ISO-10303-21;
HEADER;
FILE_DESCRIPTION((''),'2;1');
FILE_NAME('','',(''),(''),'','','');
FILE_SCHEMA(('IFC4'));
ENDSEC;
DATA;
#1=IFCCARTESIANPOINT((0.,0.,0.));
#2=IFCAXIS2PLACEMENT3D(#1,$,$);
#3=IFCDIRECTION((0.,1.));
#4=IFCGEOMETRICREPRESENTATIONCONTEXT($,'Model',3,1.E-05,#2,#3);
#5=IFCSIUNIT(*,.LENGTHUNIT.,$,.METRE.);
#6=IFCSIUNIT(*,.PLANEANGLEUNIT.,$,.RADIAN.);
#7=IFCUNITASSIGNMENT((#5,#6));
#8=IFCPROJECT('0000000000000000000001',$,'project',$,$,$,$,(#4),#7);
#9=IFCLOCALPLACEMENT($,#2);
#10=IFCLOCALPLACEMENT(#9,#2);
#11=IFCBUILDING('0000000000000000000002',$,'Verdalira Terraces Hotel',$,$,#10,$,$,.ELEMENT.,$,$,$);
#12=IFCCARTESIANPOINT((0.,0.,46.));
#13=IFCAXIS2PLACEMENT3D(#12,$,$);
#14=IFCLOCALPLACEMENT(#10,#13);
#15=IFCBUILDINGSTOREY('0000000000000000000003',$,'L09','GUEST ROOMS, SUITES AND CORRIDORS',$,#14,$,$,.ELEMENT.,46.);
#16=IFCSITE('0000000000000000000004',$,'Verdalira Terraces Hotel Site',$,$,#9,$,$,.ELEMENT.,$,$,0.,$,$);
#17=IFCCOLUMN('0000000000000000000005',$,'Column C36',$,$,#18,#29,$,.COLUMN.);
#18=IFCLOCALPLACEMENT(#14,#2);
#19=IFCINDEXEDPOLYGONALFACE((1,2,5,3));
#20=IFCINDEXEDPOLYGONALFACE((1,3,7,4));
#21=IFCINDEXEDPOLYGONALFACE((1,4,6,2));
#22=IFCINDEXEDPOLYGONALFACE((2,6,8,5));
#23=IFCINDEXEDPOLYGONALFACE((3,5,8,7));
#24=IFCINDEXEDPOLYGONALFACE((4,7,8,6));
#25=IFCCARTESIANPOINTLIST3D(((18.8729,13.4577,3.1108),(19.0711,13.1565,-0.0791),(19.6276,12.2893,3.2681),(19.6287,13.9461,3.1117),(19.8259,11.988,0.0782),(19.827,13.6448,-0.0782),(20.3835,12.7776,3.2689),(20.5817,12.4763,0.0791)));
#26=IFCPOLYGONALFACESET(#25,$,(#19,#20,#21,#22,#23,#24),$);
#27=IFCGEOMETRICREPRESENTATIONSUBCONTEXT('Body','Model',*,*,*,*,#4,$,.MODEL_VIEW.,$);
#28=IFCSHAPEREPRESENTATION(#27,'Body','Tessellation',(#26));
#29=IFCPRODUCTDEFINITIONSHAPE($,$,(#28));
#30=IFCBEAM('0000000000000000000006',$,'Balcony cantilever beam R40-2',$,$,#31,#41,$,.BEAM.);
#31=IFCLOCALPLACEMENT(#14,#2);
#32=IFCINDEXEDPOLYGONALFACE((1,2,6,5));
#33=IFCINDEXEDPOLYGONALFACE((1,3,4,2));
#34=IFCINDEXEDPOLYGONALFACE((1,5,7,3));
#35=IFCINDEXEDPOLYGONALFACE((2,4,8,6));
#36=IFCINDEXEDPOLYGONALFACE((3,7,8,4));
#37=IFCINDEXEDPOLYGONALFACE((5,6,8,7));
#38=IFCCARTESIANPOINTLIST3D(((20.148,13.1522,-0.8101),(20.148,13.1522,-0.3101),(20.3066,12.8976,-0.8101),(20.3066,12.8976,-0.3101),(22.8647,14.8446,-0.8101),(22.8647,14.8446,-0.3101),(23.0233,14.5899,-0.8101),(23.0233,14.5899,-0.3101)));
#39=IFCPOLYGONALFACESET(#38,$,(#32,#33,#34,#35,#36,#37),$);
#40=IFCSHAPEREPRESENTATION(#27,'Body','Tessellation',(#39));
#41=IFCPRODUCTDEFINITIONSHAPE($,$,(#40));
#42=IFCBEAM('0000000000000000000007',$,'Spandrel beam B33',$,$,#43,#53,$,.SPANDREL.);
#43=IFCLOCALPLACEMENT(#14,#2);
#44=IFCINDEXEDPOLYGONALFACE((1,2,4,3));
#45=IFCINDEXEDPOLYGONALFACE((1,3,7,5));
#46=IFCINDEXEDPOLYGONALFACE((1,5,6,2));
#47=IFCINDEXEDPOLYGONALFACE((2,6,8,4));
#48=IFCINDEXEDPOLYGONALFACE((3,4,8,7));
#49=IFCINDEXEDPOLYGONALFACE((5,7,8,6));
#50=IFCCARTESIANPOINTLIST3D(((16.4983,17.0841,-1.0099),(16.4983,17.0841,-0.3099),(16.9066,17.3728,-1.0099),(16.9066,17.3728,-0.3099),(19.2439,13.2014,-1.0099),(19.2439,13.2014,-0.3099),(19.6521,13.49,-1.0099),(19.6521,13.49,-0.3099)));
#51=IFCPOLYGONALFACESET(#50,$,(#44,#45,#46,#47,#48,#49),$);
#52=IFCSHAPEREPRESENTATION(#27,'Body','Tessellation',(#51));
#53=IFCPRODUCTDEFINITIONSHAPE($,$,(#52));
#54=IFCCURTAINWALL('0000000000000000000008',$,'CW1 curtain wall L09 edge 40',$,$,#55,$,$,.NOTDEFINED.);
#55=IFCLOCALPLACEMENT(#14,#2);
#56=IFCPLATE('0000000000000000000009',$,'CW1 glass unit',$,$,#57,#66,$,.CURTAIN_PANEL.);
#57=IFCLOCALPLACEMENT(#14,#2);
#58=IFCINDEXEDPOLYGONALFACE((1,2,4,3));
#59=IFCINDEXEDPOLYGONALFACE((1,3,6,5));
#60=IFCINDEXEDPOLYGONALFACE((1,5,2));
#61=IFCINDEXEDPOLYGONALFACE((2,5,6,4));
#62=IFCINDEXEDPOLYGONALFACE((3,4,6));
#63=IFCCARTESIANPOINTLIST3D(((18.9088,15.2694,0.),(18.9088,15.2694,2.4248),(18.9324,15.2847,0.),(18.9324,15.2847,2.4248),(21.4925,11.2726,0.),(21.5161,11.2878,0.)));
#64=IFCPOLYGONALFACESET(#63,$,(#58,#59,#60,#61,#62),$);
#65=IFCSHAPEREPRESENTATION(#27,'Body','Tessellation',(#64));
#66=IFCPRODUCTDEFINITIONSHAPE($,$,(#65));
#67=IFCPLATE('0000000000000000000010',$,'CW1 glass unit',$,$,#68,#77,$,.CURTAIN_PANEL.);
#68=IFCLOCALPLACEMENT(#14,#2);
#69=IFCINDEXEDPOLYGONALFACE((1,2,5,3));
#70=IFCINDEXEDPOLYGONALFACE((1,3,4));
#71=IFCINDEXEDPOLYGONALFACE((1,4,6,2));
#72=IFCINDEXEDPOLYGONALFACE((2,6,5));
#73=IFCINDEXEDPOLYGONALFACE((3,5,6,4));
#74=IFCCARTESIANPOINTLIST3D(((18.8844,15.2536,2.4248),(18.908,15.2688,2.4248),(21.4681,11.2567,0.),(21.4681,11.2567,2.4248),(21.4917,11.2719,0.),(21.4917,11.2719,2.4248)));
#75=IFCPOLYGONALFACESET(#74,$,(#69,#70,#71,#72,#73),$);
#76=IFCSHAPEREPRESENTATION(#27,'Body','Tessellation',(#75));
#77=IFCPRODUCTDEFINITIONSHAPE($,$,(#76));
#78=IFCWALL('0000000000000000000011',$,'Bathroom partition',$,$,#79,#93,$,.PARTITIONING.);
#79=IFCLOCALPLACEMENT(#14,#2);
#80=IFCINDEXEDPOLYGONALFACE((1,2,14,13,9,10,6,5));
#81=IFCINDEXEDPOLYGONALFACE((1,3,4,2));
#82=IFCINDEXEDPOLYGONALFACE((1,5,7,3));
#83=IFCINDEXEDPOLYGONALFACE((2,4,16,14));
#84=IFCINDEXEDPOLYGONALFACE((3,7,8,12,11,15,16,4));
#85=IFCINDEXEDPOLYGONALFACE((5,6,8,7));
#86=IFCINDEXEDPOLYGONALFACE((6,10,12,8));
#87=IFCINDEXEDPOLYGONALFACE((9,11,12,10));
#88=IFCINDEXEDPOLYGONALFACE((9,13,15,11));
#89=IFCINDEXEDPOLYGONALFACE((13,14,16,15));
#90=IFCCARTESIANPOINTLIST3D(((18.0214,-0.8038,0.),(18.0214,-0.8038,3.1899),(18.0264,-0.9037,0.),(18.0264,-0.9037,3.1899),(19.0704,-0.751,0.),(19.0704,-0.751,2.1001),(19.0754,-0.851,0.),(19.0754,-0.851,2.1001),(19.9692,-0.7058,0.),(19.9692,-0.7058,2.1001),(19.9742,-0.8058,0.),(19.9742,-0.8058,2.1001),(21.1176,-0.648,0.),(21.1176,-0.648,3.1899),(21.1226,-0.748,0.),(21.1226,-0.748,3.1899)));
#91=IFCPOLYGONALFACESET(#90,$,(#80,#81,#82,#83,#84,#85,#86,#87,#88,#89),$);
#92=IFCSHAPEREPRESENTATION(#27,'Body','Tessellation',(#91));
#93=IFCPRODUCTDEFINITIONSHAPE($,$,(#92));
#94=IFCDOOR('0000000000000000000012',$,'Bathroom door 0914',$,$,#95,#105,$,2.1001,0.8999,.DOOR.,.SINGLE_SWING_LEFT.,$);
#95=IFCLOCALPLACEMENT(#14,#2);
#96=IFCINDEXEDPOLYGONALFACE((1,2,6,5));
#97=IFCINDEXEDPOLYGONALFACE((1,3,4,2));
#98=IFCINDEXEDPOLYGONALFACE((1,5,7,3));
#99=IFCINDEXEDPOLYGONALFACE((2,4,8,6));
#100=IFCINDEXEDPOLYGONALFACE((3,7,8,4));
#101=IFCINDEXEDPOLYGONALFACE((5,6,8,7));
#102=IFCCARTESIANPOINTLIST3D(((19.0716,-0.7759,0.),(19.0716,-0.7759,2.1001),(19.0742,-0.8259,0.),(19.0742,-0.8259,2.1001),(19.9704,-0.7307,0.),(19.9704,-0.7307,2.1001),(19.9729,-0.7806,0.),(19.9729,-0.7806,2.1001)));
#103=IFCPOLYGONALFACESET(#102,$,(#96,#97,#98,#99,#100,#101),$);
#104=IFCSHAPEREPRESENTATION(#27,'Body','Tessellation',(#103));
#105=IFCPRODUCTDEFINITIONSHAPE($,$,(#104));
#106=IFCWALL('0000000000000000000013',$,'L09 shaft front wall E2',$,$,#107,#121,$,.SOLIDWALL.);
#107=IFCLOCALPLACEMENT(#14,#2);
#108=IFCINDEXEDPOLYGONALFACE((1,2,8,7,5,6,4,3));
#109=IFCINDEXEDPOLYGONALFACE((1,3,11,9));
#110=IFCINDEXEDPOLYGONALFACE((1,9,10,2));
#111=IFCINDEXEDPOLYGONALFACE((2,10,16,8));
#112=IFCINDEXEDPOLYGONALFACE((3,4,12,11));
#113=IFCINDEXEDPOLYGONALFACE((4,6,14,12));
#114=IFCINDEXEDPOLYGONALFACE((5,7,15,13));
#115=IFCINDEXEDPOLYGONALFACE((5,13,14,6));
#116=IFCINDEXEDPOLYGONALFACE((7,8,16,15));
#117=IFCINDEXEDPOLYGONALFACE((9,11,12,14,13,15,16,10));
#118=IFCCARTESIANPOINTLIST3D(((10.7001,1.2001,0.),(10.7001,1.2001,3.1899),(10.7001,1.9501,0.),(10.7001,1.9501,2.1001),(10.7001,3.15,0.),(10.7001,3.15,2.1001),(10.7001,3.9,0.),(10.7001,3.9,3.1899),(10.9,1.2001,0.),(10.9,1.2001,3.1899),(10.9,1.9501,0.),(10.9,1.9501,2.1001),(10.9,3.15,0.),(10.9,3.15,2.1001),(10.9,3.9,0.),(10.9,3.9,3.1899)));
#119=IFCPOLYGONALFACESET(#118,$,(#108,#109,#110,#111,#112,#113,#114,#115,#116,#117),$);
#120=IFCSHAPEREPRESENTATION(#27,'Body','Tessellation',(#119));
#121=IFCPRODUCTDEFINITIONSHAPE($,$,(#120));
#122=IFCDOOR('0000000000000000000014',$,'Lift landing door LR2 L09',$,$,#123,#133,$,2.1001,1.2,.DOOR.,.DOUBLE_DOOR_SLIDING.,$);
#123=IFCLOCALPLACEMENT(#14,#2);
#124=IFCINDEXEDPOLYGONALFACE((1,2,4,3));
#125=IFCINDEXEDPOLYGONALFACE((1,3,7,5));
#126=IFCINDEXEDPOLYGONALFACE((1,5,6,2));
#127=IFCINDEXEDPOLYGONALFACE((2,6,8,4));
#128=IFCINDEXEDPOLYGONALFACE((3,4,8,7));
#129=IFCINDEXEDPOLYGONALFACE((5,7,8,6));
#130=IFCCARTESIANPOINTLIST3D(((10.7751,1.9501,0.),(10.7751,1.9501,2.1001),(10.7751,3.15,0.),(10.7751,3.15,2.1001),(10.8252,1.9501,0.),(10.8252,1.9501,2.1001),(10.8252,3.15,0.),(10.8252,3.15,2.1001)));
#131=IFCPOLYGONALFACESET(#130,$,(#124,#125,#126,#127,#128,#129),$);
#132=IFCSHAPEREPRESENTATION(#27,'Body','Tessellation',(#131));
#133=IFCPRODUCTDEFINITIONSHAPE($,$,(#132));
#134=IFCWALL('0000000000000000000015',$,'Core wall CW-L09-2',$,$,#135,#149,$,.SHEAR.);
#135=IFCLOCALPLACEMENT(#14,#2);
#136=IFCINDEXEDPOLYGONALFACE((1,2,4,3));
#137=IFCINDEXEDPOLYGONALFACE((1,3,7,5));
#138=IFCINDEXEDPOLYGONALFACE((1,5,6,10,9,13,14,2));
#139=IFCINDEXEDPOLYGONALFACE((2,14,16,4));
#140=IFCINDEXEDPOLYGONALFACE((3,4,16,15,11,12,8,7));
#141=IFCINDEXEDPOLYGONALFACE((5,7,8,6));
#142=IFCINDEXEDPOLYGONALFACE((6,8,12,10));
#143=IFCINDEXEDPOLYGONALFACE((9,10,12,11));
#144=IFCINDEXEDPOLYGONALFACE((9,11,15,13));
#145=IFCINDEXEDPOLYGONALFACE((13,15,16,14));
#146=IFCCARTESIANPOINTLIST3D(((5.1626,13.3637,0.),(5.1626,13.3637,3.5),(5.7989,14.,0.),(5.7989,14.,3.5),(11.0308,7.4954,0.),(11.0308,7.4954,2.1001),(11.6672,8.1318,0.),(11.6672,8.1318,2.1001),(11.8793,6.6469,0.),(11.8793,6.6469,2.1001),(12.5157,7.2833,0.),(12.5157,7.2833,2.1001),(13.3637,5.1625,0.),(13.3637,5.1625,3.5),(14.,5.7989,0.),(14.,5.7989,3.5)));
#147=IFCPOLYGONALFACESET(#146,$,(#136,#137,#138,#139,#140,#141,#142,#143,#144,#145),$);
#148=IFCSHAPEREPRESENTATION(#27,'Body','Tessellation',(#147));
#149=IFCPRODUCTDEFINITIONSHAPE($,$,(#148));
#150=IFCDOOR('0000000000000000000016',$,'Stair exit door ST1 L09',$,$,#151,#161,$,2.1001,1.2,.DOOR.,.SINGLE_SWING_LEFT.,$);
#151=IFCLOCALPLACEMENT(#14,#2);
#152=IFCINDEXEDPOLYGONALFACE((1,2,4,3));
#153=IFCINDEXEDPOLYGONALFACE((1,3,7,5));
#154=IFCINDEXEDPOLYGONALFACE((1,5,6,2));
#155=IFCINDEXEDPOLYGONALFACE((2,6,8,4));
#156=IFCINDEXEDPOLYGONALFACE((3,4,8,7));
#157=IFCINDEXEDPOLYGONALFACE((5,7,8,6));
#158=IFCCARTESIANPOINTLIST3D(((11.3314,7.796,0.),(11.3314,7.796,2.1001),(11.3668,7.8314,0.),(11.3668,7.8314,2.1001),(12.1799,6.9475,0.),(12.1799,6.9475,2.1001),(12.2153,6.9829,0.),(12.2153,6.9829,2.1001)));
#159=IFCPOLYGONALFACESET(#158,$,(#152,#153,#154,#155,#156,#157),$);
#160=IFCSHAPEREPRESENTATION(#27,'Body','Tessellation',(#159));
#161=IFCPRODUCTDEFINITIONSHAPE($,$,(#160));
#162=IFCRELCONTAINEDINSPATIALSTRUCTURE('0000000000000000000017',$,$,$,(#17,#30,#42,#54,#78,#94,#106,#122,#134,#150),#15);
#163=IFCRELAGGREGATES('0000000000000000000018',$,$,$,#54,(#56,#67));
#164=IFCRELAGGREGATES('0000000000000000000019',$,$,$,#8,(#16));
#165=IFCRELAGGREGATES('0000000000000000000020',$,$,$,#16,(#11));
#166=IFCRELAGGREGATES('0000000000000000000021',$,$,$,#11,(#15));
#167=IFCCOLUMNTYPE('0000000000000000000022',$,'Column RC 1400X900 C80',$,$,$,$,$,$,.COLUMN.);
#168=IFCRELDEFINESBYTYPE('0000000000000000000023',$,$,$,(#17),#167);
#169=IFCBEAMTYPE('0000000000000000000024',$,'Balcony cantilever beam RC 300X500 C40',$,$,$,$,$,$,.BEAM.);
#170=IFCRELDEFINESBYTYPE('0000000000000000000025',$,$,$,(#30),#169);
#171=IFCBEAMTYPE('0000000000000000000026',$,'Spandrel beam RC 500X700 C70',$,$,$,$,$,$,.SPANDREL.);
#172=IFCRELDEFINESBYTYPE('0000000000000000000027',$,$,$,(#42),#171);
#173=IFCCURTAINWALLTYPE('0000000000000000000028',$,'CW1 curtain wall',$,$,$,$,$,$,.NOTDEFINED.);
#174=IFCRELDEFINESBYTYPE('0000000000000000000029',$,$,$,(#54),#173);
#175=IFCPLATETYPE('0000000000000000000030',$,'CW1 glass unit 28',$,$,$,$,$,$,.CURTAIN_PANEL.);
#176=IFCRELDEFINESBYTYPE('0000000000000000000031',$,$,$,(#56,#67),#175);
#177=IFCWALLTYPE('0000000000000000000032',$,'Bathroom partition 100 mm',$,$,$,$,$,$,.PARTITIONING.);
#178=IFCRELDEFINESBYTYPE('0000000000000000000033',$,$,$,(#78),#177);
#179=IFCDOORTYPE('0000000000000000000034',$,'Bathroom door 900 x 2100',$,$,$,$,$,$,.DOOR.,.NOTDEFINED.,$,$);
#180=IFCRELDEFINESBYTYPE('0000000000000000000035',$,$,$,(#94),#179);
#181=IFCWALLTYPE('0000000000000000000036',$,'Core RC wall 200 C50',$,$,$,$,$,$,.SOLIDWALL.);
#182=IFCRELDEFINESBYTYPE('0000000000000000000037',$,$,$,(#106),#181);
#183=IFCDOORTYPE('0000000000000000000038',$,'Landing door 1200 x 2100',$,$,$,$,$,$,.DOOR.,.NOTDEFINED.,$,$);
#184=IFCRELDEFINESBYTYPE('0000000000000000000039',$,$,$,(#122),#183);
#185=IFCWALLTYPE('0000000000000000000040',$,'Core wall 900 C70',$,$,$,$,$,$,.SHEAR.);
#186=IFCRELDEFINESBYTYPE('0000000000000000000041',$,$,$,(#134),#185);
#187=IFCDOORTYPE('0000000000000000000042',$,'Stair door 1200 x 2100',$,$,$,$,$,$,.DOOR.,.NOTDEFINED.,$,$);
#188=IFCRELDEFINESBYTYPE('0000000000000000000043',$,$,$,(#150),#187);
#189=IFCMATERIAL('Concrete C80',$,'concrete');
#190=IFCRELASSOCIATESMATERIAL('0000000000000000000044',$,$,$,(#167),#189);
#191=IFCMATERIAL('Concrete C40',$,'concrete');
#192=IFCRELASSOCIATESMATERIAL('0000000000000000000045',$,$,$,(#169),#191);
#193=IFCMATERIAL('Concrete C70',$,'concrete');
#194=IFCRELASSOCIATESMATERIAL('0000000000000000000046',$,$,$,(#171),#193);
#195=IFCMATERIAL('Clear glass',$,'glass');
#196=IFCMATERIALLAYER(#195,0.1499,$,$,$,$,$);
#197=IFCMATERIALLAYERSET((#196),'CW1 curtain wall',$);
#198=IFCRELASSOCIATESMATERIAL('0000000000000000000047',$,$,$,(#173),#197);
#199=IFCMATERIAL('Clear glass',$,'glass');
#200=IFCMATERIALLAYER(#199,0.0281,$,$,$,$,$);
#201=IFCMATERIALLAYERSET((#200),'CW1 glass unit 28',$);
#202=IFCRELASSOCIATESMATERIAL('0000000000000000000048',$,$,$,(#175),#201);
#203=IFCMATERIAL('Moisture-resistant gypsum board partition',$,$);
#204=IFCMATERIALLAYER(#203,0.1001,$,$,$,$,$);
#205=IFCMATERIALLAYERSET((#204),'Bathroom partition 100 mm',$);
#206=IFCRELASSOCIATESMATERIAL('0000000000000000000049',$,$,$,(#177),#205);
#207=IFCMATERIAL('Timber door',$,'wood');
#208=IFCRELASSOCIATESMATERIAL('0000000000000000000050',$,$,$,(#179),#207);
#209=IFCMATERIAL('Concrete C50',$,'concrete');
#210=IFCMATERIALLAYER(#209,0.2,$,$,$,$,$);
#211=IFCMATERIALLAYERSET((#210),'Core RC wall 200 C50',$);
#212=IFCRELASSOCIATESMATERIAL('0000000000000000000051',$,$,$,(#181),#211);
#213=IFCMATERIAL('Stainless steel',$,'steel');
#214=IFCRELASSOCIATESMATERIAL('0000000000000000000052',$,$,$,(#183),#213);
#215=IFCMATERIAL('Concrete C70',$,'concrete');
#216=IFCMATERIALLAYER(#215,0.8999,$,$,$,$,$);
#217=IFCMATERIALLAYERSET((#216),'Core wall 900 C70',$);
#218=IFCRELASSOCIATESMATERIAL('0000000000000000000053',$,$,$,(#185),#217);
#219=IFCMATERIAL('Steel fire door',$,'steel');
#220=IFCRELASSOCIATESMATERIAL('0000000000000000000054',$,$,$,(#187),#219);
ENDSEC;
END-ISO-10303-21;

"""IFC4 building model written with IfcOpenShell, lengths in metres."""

from ifc_helpers import new_model, si_unit, direction, frame, frame_2d, origin, origin_2d, place, context, subcontext, project, spatial, polyline, rectangle, outline, extrude, material, layer, layer_set, material_profile, profile_set, type_object, element, fill, aggregate, save


model = new_model("IFC4")

# Units and contexts
model_context = context("Model", 3, precision=1e-05, world=origin(), true_north=direction((0.0, 1.0)))
body_context = subcontext(model_context, "Body", "Model", "MODEL_VIEW")
ifc_project = project(units=[si_unit("LENGTHUNIT", "METRE"), si_unit("PLANEANGLEUNIT", "RADIAN")], contexts=[model_context])

# Site, building, storey
site_placement = place(None, origin())
site = spatial("IfcSite", under=ifc_project, at=site_placement, Name="Verdalira Terraces Hotel Site", CompositionType="ELEMENT", RefElevation=0.0)
building_placement = place(site_placement, origin())
building = spatial("IfcBuilding", under=site, at=building_placement, Name="Verdalira Terraces Hotel", CompositionType="ELEMENT")
storey_placement = place(building_placement, frame((0.0, 0.0, 46.0)))
storey = spatial("IfcBuildingStorey", under=building, at=storey_placement, Name="L09", Description="GUEST ROOMS, SUITES AND CORRIDORS", CompositionType="ELEMENT", Elevation=46.0)

# Column
ifc_material_1 = material(Name="Concrete C80", Category="concrete")
ifc_material_profile_1 = material_profile(ifc_material_1, rectangle(XDim=1.3999, YDim=0.8999, at=origin_2d()), Name="RC 1400X900")
ifc_profile_set_1 = profile_set([ifc_material_profile_1], Name="Concrete C80")
column_type = type_object("IfcColumnType", Name="Column RC 1400X900 C80", PredefinedType="COLUMN", material=ifc_profile_set_1)
column_placement = place(storey_placement, frame((19.8264, 12.8164, 0.0), z_axis=(-0.061753, 0.093846, 0.99367), x_axis=(-0.539149, 0.834685, -0.112337)))
element("IfcColumn", 1, at=column_placement, inside=storey, type_object=column_type, Name="Column C36", PredefinedType="COLUMN", context=body_context, shape_type="SweptSolid", body=[
    extrude(rectangle(XDim=1.3999, YDim=0.8999, at=origin_2d()), origin(), (0.0, 0.0, 1.0), 3.2102),
])

# Beams
ifc_material_2 = material(Name="Concrete C40", Category="concrete")
ifc_material_profile_2 = material_profile(ifc_material_2, rectangle(XDim=0.3, YDim=0.5, at=origin_2d()), Name="RC 300X500")
ifc_profile_set_2 = profile_set([ifc_material_profile_2], Name="Concrete C40")
beam_type_1 = type_object("IfcBeamType", Name="Balcony cantilever beam RC 300X500 C40", PredefinedType="BEAM", material=ifc_profile_set_2)
beam_1_placement = place(storey_placement, frame((20.2273, 13.0249, -0.5601), z_axis=(0.848786, 0.528737, 0.0), x_axis=(-0.528737, 0.848786, 0.0)))
element("IfcBeam", 2, at=beam_1_placement, inside=storey, type_object=beam_type_1, Name="Balcony cantilever beam R40-2", PredefinedType="BEAM", context=body_context, shape_type="SweptSolid", body=[
    extrude(rectangle(XDim=0.3, YDim=0.5, at=origin_2d()), origin(), (0.0, 0.0, 1.0), 3.2007),
])
ifc_material_3 = material(Name="Concrete C70", Category="concrete")
ifc_material_profile_3 = material_profile(ifc_material_3, rectangle(XDim=0.5, YDim=0.7, at=origin_2d()), Name="RC 500X700")
ifc_profile_set_3 = profile_set([ifc_material_profile_3], Name="Concrete C70")
beam_type_2 = type_object("IfcBeamType", Name="Spandrel beam RC 500X700 C70", PredefinedType="SPANDREL", material=ifc_profile_set_3)
beam_2_placement = place(storey_placement, frame((19.448, 13.3457, -0.6599), z_axis=(-0.577356, 0.816492, 0.0), x_axis=(-0.816492, -0.577356, 0.0)))
element("IfcBeam", 3, at=beam_2_placement, inside=storey, type_object=beam_type_2, Name="Spandrel beam B33", PredefinedType="SPANDREL", context=body_context, shape_type="SweptSolid", body=[
    extrude(rectangle(XDim=0.5, YDim=0.7, at=origin_2d()), origin(), (0.0, 0.0, 1.0), 4.7554),
])

# Curtain wall, plates
ifc_material_4 = material(Name="Clear glass", Category="glass")
ifc_layer_1 = layer(ifc_material_4, 0.1499)
ifc_layer_set_1 = layer_set([ifc_layer_1], Name="CW1 curtain wall")
curtain_wall_type = type_object("IfcCurtainWallType", Name="CW1 curtain wall", PredefinedType="NOTDEFINED", material=ifc_layer_set_1)
curtain_wall_placement = place(storey_placement, origin())
curtain_wall = element("IfcCurtainWall", 4, at=curtain_wall_placement, inside=storey, type_object=curtain_wall_type, Name="CW1 curtain wall L09 edge 40", PredefinedType="NOTDEFINED")
ifc_material_5 = material(Name="Clear glass", Category="glass")
ifc_layer_2 = layer(ifc_material_5, 0.0281)
ifc_layer_set_2 = layer_set([ifc_layer_2], Name="CW1 glass unit 28")
plate_type = type_object("IfcPlateType", Name="CW1 glass unit 28", PredefinedType="CURTAIN_PANEL", material=ifc_layer_set_2)
plate_1_placement = place(storey_placement, frame((20.2007, 13.271, 1.2124), z_axis=(0.839809, 0.542881, 0.0), x_axis=(-0.542881, 0.839809, 0.0)))
plate_1 = element("IfcPlate", 5, at=plate_1_placement, type_object=plate_type, Name="CW1 glass unit", PredefinedType="CURTAIN_PANEL", context=body_context, shape_type="SweptSolid", body=[
    extrude(outline(polyline([(-2.3796, -1.2124), (2.3796, -1.2124), (2.3796, 1.2124), (-2.3796, -1.2124)])), origin(), (0.0, 0.0, 1.0), 0.0281),
])
plate_2_placement = place(storey_placement, frame((20.1763, 13.2551, 1.2124), z_axis=(0.839809, 0.542881, 0.0), x_axis=(-0.542881, 0.839809, 0.0)))
plate_2 = element("IfcPlate", 6, at=plate_2_placement, type_object=plate_type, Name="CW1 glass unit", PredefinedType="CURTAIN_PANEL", context=body_context, shape_type="SweptSolid", body=[
    extrude(outline(polyline([(-2.3796, -1.2124), (2.3796, 1.2124), (-2.3796, 1.2124), (-2.3796, -1.2124)])), origin(), (0.0, 0.0, 1.0), 0.0281),
])
aggregate(curtain_wall, [plate_1, plate_2])

# Walls, openings, doors
ifc_material_6 = material(Name="Moisture-resistant gypsum board partition")
ifc_layer_3 = layer(ifc_material_6, 0.1001)
ifc_layer_set_3 = layer_set([ifc_layer_3], Name="Bathroom partition 100 mm")
wall_type_1 = type_object("IfcWallType", Name="Bathroom partition 100 mm", PredefinedType="PARTITIONING", material=ifc_layer_set_3)
wall_1_placement = place(storey_placement, frame((21.1201, -0.698, 0.0), z_axis=(0.0, 0.0, 1.0), x_axis=(-0.998737, -0.050244, 0.0)))
wall_1 = element("IfcWall", 7, at=wall_1_placement, inside=storey, type_object=wall_type_1, Name="Bathroom partition", PredefinedType="PARTITIONING", context=body_context, shape_type="SweptSolid", body=[
    extrude(rectangle(XDim=3.1001, YDim=0.1001, at=frame_2d((1.55, 0.0))), origin(), (0.0, 0.0, 1.0), 3.1899),
])
opening_1_placement = place(wall_1_placement, frame((1.1499, 0.0, 0.0)))
opening_1 = element("IfcOpeningElement", 8, at=opening_1_placement, cuts=wall_1, PredefinedType="OPENING", context=body_context, shape_type="SweptSolid", body=[
    extrude(rectangle(XDim=0.8999, YDim=2.1001, at=frame_2d((0.45, 1.05))), frame((0.0, 0.0601, 0.0), z_axis=(0.0, -1.0, 0.0), x_axis=(1.0, 0.0, 0.0)), (0.0, 0.0, 1.0), 0.1201),
])
ifc_material_7 = material(Name="Timber door", Category="wood")
door_type_1 = type_object("IfcDoorType", Name="Bathroom door 900 x 2100", OperationType="NOTDEFINED", PredefinedType="DOOR", material=ifc_material_7)
door_1_placement = place(opening_1_placement, origin())
door_1 = element("IfcDoor", 9, at=door_1_placement, inside=storey, type_object=door_type_1, Name="Bathroom door 0914", OperationType="SINGLE_SWING_LEFT", OverallHeight=2.1001, OverallWidth=0.8999, PredefinedType="DOOR", context=body_context, shape_type="SweptSolid", body=[
    extrude(rectangle(XDim=0.8999, YDim=2.1001, at=frame_2d((0.45, 1.05))), frame((0.0, 0.0249, 0.0), z_axis=(0.0, -1.0, 0.0), x_axis=(1.0, 0.0, 0.0)), (0.0, 0.0, 1.0), 0.05),
])
fill(opening_1, door_1)
ifc_material_8 = material(Name="Concrete C50", Category="concrete")
ifc_layer_4 = layer(ifc_material_8, 0.2)
ifc_layer_set_4 = layer_set([ifc_layer_4], Name="Core RC wall 200 C50")
wall_type_2 = type_object("IfcWallType", Name="Core RC wall 200 C50", PredefinedType="SOLIDWALL", material=ifc_layer_set_4)
wall_2_placement = place(storey_placement, frame((10.8, 1.2, 0.0), z_axis=(0.0, 0.0, 1.0), x_axis=(0.0, 1.0, 0.0)))
wall_2 = element("IfcWall", 10, at=wall_2_placement, inside=storey, type_object=wall_type_2, Name="L09 shaft front wall E2", PredefinedType="SOLIDWALL", context=body_context, shape_type="SweptSolid", body=[
    extrude(rectangle(XDim=2.7, YDim=0.2, at=frame_2d((1.3501, 0.0))), origin(), (0.0, 0.0, 1.0), 3.1899),
])
opening_2_placement = place(wall_2_placement, frame((0.75, 0.0, 0.0)))
opening_2 = element("IfcOpeningElement", 11, at=opening_2_placement, cuts=wall_2, PredefinedType="OPENING", context=body_context, shape_type="SweptSolid", body=[
    extrude(rectangle(XDim=1.2, YDim=2.1001, at=frame_2d((0.6001, 1.05))), frame((0.0, 0.1099, 0.0), z_axis=(0.0, -1.0, 0.0), x_axis=(1.0, 0.0, 0.0)), (0.0, 0.0, 1.0), 0.22),
])
ifc_material_9 = material(Name="Stainless steel", Category="steel")
door_type_2 = type_object("IfcDoorType", Name="Landing door 1200 x 2100", OperationType="NOTDEFINED", PredefinedType="DOOR", material=ifc_material_9)
door_2_placement = place(opening_2_placement, origin())
door_2 = element("IfcDoor", 12, at=door_2_placement, inside=storey, type_object=door_type_2, Name="Lift landing door LR2 L09", OperationType="DOUBLE_DOOR_SLIDING", OverallHeight=2.1001, OverallWidth=1.2, PredefinedType="DOOR", context=body_context, shape_type="SweptSolid", body=[
    extrude(rectangle(XDim=1.2, YDim=2.1001, at=frame_2d((0.6001, 1.05))), frame((0.0, 0.0249, 0.0), z_axis=(0.0, -1.0, 0.0), x_axis=(1.0, 0.0, 0.0)), (0.0, 0.0, 1.0), 0.05),
])
fill(opening_2, door_2)
ifc_material_10 = material(Name="Concrete C70", Category="concrete")
ifc_layer_5 = layer(ifc_material_10, 0.8999)
ifc_layer_set_5 = layer_set([ifc_layer_5], Name="Core wall 900 C70")
wall_type_3 = type_object("IfcWallType", Name="Core wall 900 C70", PredefinedType="SHEAR", material=ifc_layer_set_5)
wall_3_placement = place(storey_placement, frame((13.6819, 5.4807, 0.0), z_axis=(0.0, 0.0, 1.0), x_axis=(-0.707107, 0.707107, 0.0)))
wall_3 = element("IfcWall", 13, at=wall_3_placement, inside=storey, type_object=wall_type_3, Name="Core wall CW-L09-2", PredefinedType="SHEAR", context=body_context, shape_type="SweptSolid", body=[
    extrude(rectangle(XDim=11.5981, YDim=0.8999, at=frame_2d((5.7991, 0.0))), origin(), (0.0, 0.0, 1.0), 3.5),
])
opening_3_placement = place(wall_3_placement, frame((2.0991, 0.0, 0.0)))
opening_3 = element("IfcOpeningElement", 14, at=opening_3_placement, cuts=wall_3, PredefinedType="OPENING", context=body_context, shape_type="SweptSolid", body=[
    extrude(rectangle(XDim=1.2, YDim=2.1001, at=frame_2d((0.6001, 1.05))), frame((0.0, 0.46, 0.0), z_axis=(0.0, -1.0, 0.0), x_axis=(1.0, 0.0, 0.0)), (0.0, 0.0, 1.0), 0.9199),
])
ifc_material_11 = material(Name="Steel fire door", Category="steel")
door_type_3 = type_object("IfcDoorType", Name="Stair door 1200 x 2100", OperationType="NOTDEFINED", PredefinedType="DOOR", material=ifc_material_11)
door_3_placement = place(opening_3_placement, origin())
door_3 = element("IfcDoor", 15, at=door_3_placement, inside=storey, type_object=door_type_3, Name="Stair exit door ST1 L09", OperationType="SINGLE_SWING_LEFT", OverallHeight=2.1001, OverallWidth=1.2, PredefinedType="DOOR", context=body_context, shape_type="SweptSolid", body=[
    extrude(rectangle(XDim=1.2, YDim=2.1001, at=frame_2d((0.6001, 1.05))), frame((0.0, 0.0249, 0.0), z_axis=(0.0, -1.0, 0.0), x_axis=(1.0, 0.0, 0.0)), (0.0, 0.0, 1.0), 0.05),
])
fill(opening_3, door_3)

save(model, "model.ifc")
